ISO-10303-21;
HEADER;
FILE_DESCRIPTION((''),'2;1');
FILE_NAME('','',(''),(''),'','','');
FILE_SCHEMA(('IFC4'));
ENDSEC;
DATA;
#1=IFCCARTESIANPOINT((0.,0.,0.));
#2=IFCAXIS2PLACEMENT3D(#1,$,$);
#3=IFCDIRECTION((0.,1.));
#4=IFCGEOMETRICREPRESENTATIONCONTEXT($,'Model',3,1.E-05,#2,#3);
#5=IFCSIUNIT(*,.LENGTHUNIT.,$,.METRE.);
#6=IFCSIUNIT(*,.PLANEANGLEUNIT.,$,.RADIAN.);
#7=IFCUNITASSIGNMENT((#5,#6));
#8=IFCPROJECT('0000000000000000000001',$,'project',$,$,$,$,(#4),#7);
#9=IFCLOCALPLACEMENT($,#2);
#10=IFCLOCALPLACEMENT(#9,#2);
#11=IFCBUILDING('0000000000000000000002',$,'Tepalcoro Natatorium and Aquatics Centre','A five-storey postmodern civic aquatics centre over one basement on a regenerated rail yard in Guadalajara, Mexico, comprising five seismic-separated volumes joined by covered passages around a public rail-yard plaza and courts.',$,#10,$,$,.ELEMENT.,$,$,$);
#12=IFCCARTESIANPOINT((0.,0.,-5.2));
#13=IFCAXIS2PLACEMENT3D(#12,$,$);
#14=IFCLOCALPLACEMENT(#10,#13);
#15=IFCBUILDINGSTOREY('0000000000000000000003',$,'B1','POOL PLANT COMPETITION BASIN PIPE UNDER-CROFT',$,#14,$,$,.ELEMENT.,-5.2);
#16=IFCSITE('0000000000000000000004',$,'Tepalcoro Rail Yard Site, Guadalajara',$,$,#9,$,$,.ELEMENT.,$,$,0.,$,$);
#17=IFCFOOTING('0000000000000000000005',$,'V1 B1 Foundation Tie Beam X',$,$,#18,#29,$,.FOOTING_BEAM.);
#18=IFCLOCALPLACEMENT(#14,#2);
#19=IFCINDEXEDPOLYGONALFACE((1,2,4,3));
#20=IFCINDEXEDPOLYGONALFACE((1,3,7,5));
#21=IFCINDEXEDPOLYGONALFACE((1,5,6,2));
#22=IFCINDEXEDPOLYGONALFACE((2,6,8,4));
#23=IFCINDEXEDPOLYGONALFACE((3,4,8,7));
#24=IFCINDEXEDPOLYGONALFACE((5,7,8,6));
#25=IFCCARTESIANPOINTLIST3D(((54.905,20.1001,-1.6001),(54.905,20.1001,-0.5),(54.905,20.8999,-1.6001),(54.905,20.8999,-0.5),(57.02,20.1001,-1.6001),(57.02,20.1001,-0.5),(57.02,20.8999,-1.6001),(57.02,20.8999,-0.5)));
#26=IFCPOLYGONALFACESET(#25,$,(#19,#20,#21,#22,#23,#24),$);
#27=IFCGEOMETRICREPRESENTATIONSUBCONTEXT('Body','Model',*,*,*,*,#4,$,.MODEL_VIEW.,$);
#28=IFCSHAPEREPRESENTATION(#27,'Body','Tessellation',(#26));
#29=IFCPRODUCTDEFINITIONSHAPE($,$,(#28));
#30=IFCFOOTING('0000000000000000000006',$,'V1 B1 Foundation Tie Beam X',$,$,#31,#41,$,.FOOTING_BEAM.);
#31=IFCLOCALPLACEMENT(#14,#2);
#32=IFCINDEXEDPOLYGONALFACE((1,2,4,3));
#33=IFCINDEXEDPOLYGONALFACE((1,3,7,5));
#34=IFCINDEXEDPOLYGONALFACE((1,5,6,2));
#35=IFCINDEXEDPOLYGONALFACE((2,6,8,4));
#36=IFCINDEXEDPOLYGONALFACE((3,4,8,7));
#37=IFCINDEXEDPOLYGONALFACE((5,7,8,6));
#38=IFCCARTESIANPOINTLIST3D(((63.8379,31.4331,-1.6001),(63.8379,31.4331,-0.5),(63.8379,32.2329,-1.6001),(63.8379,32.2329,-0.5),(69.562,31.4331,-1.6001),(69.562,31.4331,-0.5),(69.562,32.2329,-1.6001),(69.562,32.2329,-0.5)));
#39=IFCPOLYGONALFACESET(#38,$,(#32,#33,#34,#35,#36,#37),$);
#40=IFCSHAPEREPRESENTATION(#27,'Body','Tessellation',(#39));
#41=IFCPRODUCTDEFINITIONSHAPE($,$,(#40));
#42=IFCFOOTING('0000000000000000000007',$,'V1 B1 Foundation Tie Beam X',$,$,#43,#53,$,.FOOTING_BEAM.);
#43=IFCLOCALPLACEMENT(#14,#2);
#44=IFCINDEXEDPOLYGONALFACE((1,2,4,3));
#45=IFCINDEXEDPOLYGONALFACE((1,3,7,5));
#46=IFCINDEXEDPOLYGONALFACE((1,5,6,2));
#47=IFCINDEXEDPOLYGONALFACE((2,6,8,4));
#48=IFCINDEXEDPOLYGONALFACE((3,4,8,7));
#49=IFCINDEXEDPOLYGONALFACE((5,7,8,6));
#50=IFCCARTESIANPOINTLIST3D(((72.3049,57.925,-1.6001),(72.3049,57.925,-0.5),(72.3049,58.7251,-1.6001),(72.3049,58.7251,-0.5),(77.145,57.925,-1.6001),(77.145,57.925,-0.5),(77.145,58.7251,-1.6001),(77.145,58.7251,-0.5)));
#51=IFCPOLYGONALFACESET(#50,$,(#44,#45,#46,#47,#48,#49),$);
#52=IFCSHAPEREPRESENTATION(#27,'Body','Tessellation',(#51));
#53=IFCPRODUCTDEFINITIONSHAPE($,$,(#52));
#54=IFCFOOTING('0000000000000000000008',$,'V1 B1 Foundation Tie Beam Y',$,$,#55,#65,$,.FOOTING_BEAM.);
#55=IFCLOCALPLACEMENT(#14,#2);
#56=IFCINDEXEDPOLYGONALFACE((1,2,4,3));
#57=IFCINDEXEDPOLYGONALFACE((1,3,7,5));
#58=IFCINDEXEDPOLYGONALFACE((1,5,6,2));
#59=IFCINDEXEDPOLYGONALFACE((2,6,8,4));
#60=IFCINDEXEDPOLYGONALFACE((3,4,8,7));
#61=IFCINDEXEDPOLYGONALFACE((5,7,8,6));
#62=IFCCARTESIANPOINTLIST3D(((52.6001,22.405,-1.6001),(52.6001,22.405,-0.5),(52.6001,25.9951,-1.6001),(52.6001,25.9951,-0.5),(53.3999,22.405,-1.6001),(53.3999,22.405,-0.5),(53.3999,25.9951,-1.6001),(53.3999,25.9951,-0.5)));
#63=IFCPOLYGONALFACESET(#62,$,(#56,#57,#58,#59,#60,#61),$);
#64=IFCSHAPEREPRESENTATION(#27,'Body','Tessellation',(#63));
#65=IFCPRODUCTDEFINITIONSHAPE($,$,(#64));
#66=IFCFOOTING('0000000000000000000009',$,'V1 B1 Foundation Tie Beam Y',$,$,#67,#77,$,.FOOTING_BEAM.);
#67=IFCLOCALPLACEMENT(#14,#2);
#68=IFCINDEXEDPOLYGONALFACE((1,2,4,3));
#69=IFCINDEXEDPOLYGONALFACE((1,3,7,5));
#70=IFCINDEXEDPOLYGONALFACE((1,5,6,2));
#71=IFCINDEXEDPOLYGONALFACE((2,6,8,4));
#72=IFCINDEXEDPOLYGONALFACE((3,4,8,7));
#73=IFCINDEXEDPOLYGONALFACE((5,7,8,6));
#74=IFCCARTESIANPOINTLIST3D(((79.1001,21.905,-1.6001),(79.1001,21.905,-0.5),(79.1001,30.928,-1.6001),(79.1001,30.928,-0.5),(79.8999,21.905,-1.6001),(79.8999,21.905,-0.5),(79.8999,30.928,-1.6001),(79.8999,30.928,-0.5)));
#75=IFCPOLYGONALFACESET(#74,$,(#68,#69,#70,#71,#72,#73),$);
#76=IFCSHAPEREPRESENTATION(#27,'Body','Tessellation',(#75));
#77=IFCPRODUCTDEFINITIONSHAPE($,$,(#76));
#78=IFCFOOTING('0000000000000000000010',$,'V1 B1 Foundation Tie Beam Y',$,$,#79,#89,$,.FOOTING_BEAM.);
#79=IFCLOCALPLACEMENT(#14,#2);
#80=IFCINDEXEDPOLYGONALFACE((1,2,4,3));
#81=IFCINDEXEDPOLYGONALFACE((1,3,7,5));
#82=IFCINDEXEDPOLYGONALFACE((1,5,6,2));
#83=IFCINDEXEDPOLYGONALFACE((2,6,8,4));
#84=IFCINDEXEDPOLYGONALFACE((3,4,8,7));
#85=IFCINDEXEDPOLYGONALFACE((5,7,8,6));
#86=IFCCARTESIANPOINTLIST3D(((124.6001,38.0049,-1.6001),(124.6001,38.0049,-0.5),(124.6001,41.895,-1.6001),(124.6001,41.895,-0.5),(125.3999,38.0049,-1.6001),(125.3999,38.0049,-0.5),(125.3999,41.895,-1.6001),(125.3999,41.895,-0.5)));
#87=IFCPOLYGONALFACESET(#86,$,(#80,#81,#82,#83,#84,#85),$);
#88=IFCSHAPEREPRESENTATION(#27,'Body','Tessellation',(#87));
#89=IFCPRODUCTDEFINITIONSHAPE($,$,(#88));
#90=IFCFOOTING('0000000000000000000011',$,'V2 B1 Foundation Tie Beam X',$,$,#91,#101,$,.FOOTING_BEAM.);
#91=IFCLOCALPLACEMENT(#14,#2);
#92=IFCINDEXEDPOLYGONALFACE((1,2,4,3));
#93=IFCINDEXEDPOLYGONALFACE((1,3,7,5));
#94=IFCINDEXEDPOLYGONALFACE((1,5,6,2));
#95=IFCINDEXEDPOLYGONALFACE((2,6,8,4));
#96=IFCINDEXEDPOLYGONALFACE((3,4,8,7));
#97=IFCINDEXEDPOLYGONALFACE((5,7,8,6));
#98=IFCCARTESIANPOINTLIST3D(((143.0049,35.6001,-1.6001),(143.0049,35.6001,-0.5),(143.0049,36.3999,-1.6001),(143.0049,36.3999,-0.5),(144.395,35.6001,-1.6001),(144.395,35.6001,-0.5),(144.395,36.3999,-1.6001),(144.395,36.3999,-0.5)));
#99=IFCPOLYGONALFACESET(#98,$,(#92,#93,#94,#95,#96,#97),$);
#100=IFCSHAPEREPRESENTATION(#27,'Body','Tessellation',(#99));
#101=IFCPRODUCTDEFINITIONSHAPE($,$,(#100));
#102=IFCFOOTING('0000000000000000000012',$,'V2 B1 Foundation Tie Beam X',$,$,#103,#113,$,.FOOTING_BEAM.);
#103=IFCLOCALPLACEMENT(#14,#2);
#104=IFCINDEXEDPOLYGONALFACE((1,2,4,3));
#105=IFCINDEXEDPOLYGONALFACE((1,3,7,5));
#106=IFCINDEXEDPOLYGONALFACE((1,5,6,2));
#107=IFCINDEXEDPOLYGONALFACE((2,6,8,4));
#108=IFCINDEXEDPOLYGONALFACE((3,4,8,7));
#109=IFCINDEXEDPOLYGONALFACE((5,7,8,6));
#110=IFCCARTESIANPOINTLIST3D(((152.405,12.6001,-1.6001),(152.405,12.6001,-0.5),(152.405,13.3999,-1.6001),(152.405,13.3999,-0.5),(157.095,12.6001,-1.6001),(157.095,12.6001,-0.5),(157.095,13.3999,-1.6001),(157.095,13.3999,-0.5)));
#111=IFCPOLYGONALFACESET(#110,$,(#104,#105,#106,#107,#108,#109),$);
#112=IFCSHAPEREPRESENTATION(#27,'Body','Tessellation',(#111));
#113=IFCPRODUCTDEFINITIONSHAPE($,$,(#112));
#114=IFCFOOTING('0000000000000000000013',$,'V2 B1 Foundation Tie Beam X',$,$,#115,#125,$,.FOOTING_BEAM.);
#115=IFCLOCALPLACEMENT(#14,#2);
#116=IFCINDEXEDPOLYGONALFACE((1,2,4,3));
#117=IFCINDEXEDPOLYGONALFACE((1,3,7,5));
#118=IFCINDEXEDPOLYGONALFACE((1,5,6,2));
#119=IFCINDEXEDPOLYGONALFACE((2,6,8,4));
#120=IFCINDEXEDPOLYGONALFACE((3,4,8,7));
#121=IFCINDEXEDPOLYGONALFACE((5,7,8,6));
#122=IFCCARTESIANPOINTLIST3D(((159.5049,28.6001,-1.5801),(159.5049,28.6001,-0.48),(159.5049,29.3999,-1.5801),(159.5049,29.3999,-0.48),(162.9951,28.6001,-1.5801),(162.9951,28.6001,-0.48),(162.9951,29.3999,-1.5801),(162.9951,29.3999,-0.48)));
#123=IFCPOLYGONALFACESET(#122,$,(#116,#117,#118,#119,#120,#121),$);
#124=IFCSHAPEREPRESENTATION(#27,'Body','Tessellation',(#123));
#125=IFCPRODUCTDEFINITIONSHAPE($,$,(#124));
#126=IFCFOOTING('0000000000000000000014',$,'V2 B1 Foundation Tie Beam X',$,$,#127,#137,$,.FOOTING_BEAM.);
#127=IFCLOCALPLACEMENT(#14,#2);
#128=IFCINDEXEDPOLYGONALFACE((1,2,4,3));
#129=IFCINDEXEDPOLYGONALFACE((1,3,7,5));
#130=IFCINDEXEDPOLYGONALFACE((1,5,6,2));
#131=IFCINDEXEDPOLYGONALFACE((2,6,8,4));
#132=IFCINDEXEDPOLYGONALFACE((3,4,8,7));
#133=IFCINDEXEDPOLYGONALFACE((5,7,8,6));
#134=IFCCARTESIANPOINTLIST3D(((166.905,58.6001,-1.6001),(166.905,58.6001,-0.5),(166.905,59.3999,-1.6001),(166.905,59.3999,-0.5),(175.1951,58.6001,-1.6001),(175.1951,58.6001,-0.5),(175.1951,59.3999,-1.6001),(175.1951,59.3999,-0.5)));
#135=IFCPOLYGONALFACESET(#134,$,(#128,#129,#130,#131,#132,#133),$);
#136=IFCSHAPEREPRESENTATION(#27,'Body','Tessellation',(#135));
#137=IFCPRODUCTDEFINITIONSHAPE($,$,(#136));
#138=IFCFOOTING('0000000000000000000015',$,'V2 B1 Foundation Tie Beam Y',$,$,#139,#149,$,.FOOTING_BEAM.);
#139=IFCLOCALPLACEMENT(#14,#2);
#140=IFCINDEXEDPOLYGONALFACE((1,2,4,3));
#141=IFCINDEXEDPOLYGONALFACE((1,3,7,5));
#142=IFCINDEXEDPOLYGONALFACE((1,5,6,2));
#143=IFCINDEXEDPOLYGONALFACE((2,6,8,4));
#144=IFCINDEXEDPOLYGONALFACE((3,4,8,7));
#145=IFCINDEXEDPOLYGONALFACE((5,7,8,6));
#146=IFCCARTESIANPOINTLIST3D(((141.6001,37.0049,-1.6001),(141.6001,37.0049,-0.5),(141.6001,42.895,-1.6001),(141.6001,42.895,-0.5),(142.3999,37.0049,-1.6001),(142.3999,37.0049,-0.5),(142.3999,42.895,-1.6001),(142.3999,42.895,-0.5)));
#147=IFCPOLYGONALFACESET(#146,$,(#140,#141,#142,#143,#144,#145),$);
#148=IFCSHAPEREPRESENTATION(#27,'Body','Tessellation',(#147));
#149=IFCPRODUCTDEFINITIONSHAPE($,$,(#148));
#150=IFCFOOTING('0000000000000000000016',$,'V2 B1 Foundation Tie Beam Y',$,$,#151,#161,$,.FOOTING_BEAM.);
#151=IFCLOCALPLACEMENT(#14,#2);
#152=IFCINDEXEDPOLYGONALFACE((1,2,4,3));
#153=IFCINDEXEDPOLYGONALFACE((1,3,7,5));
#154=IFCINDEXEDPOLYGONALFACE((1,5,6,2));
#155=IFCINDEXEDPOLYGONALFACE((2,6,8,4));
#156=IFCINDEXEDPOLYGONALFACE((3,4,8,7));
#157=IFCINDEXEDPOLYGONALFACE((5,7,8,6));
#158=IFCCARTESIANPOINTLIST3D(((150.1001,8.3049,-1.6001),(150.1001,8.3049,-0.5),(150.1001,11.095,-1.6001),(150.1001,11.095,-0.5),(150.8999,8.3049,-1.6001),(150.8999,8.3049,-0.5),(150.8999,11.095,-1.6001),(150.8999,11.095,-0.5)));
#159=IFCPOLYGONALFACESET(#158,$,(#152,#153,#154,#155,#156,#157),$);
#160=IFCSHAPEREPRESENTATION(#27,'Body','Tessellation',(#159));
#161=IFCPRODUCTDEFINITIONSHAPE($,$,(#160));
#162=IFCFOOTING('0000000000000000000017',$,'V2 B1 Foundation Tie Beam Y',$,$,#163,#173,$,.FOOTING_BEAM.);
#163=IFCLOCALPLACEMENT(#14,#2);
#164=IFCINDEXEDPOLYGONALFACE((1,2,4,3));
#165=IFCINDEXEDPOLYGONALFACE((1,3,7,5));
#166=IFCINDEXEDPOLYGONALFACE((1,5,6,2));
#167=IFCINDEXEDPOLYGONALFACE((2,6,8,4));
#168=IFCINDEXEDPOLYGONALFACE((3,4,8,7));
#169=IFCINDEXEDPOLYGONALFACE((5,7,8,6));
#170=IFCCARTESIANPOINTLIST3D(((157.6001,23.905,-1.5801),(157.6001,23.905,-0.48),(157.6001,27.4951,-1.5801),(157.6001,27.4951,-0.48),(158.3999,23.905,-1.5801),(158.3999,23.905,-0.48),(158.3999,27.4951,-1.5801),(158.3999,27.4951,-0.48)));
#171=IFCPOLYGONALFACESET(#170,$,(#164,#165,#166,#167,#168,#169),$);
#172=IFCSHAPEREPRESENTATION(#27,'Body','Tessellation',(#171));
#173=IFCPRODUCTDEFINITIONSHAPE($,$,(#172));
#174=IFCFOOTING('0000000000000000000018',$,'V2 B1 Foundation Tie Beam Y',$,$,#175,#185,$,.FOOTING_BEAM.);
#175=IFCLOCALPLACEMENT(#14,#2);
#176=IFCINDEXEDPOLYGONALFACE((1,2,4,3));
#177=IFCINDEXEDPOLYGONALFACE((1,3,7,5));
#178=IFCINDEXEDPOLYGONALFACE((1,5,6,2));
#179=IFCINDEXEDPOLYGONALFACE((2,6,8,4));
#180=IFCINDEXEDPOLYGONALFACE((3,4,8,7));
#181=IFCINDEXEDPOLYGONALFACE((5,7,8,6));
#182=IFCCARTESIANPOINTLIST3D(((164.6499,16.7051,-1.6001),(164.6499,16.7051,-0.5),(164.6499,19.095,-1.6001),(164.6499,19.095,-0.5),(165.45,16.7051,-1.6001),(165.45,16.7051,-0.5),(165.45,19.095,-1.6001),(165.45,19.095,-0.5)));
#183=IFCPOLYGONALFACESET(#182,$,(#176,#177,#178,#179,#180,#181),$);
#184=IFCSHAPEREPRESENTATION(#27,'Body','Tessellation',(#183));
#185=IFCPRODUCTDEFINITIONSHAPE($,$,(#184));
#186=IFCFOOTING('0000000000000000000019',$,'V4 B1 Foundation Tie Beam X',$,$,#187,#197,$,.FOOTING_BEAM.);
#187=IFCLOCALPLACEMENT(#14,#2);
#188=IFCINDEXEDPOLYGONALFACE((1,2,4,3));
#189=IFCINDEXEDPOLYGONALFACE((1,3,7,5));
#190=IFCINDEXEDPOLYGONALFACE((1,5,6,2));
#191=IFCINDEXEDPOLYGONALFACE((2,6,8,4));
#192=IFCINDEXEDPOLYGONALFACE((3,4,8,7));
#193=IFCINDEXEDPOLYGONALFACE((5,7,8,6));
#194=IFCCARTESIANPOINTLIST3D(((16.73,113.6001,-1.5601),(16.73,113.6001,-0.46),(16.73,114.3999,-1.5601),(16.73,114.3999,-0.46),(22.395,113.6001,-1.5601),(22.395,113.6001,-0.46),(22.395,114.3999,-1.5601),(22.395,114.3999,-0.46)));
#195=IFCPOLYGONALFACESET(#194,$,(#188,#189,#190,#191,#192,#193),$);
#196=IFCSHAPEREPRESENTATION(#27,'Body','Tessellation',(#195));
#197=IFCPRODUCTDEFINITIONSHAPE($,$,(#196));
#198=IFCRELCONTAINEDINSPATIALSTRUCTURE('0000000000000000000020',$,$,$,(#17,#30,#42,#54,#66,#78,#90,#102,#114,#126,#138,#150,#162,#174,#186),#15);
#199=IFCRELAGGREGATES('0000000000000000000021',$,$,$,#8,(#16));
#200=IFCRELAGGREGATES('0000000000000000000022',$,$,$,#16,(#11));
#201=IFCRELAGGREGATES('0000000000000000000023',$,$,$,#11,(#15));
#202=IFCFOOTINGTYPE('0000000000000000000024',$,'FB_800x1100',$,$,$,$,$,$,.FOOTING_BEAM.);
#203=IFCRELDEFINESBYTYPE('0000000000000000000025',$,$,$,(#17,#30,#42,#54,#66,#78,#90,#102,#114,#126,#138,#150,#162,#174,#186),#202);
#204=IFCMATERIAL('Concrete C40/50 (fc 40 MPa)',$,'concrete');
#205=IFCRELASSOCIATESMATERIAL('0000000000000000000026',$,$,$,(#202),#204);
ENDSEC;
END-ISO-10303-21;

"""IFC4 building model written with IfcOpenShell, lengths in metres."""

from ifc_helpers import new_model, si_unit, direction, frame, origin, place, context, subcontext, project, spatial, polyline, outline, extrude, material, type_object, element, save


model = new_model("IFC4")

# Units and contexts
model_context = context("Model", 3, precision=1e-05, world=origin(), true_north=direction((0.0, 1.0)))
body_context = subcontext(model_context, "Body", "Model", "MODEL_VIEW")
ifc_project = project(units=[si_unit("LENGTHUNIT", "METRE"), si_unit("PLANEANGLEUNIT", "RADIAN")], contexts=[model_context])

# Site, building, storey
site_placement = place(None, origin())
site = spatial("IfcSite", under=ifc_project, at=site_placement, Name="Tepalcoro Rail Yard Site, Guadalajara", CompositionType="ELEMENT", RefElevation=0.0)
building_placement = place(site_placement, origin())
building = spatial("IfcBuilding", under=site, at=building_placement, Name="Tepalcoro Natatorium and Aquatics Centre", Description="A five-storey postmodern civic aquatics centre over one basement on a regenerated rail yard in Guadalajara, Mexico, comprising five seismic-separated volumes joined by covered passages around a public rail-yard plaza and courts.", CompositionType="ELEMENT")
storey_placement = place(building_placement, frame((0.0, 0.0, -5.2)))
storey = spatial("IfcBuildingStorey", under=building, at=storey_placement, Name="B1", Description="POOL PLANT COMPETITION BASIN PIPE UNDER-CROFT", CompositionType="ELEMENT", Elevation=-5.2)

# Footings
ifc_material = material(Name="Concrete C40/50 (fc 40 MPa)", Category="concrete")
footing_type_1 = type_object("IfcFootingType", Name="FB_800x1100", PredefinedType="FOOTING_BEAM", material=ifc_material)
footing_1_placement = place(storey_placement, frame((0.0, 0.0, -1.6001)))
element("IfcFooting", 1, at=footing_1_placement, inside=storey, type_object=footing_type_1, Name="V1 B1 Foundation Tie Beam X", PredefinedType="FOOTING_BEAM", context=body_context, shape_type="SweptSolid", body=[
    extrude(outline(polyline([(54.905, 20.1001), (57.02, 20.1001), (57.02, 20.8999), (54.905, 20.8999), (54.905, 20.1001)])), origin(), (0.0, 0.0, 1.0), 1.1001),
])
footing_2_placement = place(storey_placement, frame((0.0, 0.0, -1.6001)))
element("IfcFooting", 2, at=footing_2_placement, inside=storey, type_object=footing_type_1, Name="V1 B1 Foundation Tie Beam X", PredefinedType="FOOTING_BEAM", context=body_context, shape_type="SweptSolid", body=[
    extrude(outline(polyline([(63.8379, 31.4331), (69.562, 31.4331), (69.562, 32.2329), (63.8379, 32.2329), (63.8379, 31.4331)])), origin(), (0.0, 0.0, 1.0), 1.1001),
])
footing_3_placement = place(storey_placement, frame((0.0, 0.0, -1.6001)))
element("IfcFooting", 3, at=footing_3_placement, inside=storey, type_object=footing_type_1, Name="V1 B1 Foundation Tie Beam X", PredefinedType="FOOTING_BEAM", context=body_context, shape_type="SweptSolid", body=[
    extrude(outline(polyline([(72.3049, 57.925), (77.145, 57.925), (77.145, 58.7251), (72.3049, 58.7251), (72.3049, 57.925)])), origin(), (0.0, 0.0, 1.0), 1.1001),
])
footing_4_placement = place(storey_placement, frame((0.0, 0.0, -1.6001)))
element("IfcFooting", 4, at=footing_4_placement, inside=storey, type_object=footing_type_1, Name="V1 B1 Foundation Tie Beam Y", PredefinedType="FOOTING_BEAM", context=body_context, shape_type="SweptSolid", body=[
    extrude(outline(polyline([(53.3999, 22.405), (53.3999, 25.9951), (52.6001, 25.9951), (52.6001, 22.405), (53.3999, 22.405)])), origin(), (0.0, 0.0, 1.0), 1.1001),
])
footing_5_placement = place(storey_placement, frame((0.0, 0.0, -1.6001)))
element("IfcFooting", 5, at=footing_5_placement, inside=storey, type_object=footing_type_1, Name="V1 B1 Foundation Tie Beam Y", PredefinedType="FOOTING_BEAM", context=body_context, shape_type="SweptSolid", body=[
    extrude(outline(polyline([(79.8999, 21.905), (79.8999, 30.928), (79.1001, 30.928), (79.1001, 21.905), (79.8999, 21.905)])), origin(), (0.0, 0.0, 1.0), 1.1001),
])
footing_6_placement = place(storey_placement, frame((0.0, 0.0, -1.6001)))
element("IfcFooting", 6, at=footing_6_placement, inside=storey, type_object=footing_type_1, Name="V1 B1 Foundation Tie Beam Y", PredefinedType="FOOTING_BEAM", context=body_context, shape_type="SweptSolid", body=[
    extrude(outline(polyline([(125.3999, 38.0049), (125.3999, 41.895), (124.6001, 41.895), (124.6001, 38.0049), (125.3999, 38.0049)])), origin(), (0.0, 0.0, 1.0), 1.1001),
])
footing_7_placement = place(storey_placement, frame((0.0, 0.0, -1.6001)))
element("IfcFooting", 7, at=footing_7_placement, inside=storey, type_object=footing_type_1, Name="V2 B1 Foundation Tie Beam X", PredefinedType="FOOTING_BEAM", context=body_context, shape_type="SweptSolid", body=[
    extrude(outline(polyline([(143.0049, 35.6001), (144.395, 35.6001), (144.395, 36.3999), (143.0049, 36.3999), (143.0049, 35.6001)])), origin(), (0.0, 0.0, 1.0), 1.1001),
])
footing_8_placement = place(storey_placement, frame((0.0, 0.0, -1.6001)))
element("IfcFooting", 8, at=footing_8_placement, inside=storey, type_object=footing_type_1, Name="V2 B1 Foundation Tie Beam X", PredefinedType="FOOTING_BEAM", context=body_context, shape_type="SweptSolid", body=[
    extrude(outline(polyline([(152.405, 12.6001), (157.095, 12.6001), (157.095, 13.3999), (152.405, 13.3999), (152.405, 12.6001)])), origin(), (0.0, 0.0, 1.0), 1.1001),
])
footing_9_placement = place(storey_placement, frame((0.0, 0.0, -1.5801)))
element("IfcFooting", 9, at=footing_9_placement, inside=storey, type_object=footing_type_1, Name="V2 B1 Foundation Tie Beam X", PredefinedType="FOOTING_BEAM", context=body_context, shape_type="SweptSolid", body=[
    extrude(outline(polyline([(159.5049, 28.6001), (162.9951, 28.6001), (162.9951, 29.3999), (159.5049, 29.3999), (159.5049, 28.6001)])), origin(), (0.0, 0.0, 1.0), 1.1001),
])
footing_10_placement = place(storey_placement, frame((0.0, 0.0, -1.6001)))
element("IfcFooting", 10, at=footing_10_placement, inside=storey, type_object=footing_type_1, Name="V2 B1 Foundation Tie Beam X", PredefinedType="FOOTING_BEAM", context=body_context, shape_type="SweptSolid", body=[
    extrude(outline(polyline([(166.905, 58.6001), (175.1951, 58.6001), (175.1951, 59.3999), (166.905, 59.3999), (166.905, 58.6001)])), origin(), (0.0, 0.0, 1.0), 1.1001),
])
footing_11_placement = place(storey_placement, frame((0.0, 0.0, -1.6001)))
element("IfcFooting", 11, at=footing_11_placement, inside=storey, type_object=footing_type_1, Name="V2 B1 Foundation Tie Beam Y", PredefinedType="FOOTING_BEAM", context=body_context, shape_type="SweptSolid", body=[
    extrude(outline(polyline([(142.3999, 37.0049), (142.3999, 42.895), (141.6001, 42.895), (141.6001, 37.0049), (142.3999, 37.0049)])), origin(), (0.0, 0.0, 1.0), 1.1001),
])
footing_12_placement = place(storey_placement, frame((0.0, 0.0, -1.6001)))
element("IfcFooting", 12, at=footing_12_placement, inside=storey, type_object=footing_type_1, Name="V2 B1 Foundation Tie Beam Y", PredefinedType="FOOTING_BEAM", context=body_context, shape_type="SweptSolid", body=[
    extrude(outline(polyline([(150.8999, 8.3049), (150.8999, 11.095), (150.1001, 11.095), (150.1001, 8.3049), (150.8999, 8.3049)])), origin(), (0.0, 0.0, 1.0), 1.1001),
])
footing_13_placement = place(storey_placement, frame((0.0, 0.0, -1.5801)))
element("IfcFooting", 13, at=footing_13_placement, inside=storey, type_object=footing_type_1, Name="V2 B1 Foundation Tie Beam Y", PredefinedType="FOOTING_BEAM", context=body_context, shape_type="SweptSolid", body=[
    extrude(outline(polyline([(158.3999, 23.905), (158.3999, 27.4951), (157.6001, 27.4951), (157.6001, 23.905), (158.3999, 23.905)])), origin(), (0.0, 0.0, 1.0), 1.1001),
])
footing_14_placement = place(storey_placement, frame((0.0, 0.0, -1.6001)))
element("IfcFooting", 14, at=footing_14_placement, inside=storey, type_object=footing_type_1, Name="V2 B1 Foundation Tie Beam Y", PredefinedType="FOOTING_BEAM", context=body_context, shape_type="SweptSolid", body=[
    extrude(outline(polyline([(165.45, 16.7051), (165.45, 19.095), (164.6499, 19.095), (164.6499, 16.7051), (165.45, 16.7051)])), origin(), (0.0, 0.0, 1.0), 1.1001),
])
footing_15_placement = place(storey_placement, frame((0.0, 0.0, -1.5601)))
element("IfcFooting", 15, at=footing_15_placement, inside=storey, type_object=footing_type_1, Name="V4 B1 Foundation Tie Beam X", PredefinedType="FOOTING_BEAM", context=body_context, shape_type="SweptSolid", body=[
    extrude(outline(polyline([(16.73, 113.6001), (22.395, 113.6001), (22.395, 114.3999), (16.73, 114.3999), (16.73, 113.6001)])), origin(), (0.0, 0.0, 1.0), 1.1001),
])

save(model, "model.ifc")
